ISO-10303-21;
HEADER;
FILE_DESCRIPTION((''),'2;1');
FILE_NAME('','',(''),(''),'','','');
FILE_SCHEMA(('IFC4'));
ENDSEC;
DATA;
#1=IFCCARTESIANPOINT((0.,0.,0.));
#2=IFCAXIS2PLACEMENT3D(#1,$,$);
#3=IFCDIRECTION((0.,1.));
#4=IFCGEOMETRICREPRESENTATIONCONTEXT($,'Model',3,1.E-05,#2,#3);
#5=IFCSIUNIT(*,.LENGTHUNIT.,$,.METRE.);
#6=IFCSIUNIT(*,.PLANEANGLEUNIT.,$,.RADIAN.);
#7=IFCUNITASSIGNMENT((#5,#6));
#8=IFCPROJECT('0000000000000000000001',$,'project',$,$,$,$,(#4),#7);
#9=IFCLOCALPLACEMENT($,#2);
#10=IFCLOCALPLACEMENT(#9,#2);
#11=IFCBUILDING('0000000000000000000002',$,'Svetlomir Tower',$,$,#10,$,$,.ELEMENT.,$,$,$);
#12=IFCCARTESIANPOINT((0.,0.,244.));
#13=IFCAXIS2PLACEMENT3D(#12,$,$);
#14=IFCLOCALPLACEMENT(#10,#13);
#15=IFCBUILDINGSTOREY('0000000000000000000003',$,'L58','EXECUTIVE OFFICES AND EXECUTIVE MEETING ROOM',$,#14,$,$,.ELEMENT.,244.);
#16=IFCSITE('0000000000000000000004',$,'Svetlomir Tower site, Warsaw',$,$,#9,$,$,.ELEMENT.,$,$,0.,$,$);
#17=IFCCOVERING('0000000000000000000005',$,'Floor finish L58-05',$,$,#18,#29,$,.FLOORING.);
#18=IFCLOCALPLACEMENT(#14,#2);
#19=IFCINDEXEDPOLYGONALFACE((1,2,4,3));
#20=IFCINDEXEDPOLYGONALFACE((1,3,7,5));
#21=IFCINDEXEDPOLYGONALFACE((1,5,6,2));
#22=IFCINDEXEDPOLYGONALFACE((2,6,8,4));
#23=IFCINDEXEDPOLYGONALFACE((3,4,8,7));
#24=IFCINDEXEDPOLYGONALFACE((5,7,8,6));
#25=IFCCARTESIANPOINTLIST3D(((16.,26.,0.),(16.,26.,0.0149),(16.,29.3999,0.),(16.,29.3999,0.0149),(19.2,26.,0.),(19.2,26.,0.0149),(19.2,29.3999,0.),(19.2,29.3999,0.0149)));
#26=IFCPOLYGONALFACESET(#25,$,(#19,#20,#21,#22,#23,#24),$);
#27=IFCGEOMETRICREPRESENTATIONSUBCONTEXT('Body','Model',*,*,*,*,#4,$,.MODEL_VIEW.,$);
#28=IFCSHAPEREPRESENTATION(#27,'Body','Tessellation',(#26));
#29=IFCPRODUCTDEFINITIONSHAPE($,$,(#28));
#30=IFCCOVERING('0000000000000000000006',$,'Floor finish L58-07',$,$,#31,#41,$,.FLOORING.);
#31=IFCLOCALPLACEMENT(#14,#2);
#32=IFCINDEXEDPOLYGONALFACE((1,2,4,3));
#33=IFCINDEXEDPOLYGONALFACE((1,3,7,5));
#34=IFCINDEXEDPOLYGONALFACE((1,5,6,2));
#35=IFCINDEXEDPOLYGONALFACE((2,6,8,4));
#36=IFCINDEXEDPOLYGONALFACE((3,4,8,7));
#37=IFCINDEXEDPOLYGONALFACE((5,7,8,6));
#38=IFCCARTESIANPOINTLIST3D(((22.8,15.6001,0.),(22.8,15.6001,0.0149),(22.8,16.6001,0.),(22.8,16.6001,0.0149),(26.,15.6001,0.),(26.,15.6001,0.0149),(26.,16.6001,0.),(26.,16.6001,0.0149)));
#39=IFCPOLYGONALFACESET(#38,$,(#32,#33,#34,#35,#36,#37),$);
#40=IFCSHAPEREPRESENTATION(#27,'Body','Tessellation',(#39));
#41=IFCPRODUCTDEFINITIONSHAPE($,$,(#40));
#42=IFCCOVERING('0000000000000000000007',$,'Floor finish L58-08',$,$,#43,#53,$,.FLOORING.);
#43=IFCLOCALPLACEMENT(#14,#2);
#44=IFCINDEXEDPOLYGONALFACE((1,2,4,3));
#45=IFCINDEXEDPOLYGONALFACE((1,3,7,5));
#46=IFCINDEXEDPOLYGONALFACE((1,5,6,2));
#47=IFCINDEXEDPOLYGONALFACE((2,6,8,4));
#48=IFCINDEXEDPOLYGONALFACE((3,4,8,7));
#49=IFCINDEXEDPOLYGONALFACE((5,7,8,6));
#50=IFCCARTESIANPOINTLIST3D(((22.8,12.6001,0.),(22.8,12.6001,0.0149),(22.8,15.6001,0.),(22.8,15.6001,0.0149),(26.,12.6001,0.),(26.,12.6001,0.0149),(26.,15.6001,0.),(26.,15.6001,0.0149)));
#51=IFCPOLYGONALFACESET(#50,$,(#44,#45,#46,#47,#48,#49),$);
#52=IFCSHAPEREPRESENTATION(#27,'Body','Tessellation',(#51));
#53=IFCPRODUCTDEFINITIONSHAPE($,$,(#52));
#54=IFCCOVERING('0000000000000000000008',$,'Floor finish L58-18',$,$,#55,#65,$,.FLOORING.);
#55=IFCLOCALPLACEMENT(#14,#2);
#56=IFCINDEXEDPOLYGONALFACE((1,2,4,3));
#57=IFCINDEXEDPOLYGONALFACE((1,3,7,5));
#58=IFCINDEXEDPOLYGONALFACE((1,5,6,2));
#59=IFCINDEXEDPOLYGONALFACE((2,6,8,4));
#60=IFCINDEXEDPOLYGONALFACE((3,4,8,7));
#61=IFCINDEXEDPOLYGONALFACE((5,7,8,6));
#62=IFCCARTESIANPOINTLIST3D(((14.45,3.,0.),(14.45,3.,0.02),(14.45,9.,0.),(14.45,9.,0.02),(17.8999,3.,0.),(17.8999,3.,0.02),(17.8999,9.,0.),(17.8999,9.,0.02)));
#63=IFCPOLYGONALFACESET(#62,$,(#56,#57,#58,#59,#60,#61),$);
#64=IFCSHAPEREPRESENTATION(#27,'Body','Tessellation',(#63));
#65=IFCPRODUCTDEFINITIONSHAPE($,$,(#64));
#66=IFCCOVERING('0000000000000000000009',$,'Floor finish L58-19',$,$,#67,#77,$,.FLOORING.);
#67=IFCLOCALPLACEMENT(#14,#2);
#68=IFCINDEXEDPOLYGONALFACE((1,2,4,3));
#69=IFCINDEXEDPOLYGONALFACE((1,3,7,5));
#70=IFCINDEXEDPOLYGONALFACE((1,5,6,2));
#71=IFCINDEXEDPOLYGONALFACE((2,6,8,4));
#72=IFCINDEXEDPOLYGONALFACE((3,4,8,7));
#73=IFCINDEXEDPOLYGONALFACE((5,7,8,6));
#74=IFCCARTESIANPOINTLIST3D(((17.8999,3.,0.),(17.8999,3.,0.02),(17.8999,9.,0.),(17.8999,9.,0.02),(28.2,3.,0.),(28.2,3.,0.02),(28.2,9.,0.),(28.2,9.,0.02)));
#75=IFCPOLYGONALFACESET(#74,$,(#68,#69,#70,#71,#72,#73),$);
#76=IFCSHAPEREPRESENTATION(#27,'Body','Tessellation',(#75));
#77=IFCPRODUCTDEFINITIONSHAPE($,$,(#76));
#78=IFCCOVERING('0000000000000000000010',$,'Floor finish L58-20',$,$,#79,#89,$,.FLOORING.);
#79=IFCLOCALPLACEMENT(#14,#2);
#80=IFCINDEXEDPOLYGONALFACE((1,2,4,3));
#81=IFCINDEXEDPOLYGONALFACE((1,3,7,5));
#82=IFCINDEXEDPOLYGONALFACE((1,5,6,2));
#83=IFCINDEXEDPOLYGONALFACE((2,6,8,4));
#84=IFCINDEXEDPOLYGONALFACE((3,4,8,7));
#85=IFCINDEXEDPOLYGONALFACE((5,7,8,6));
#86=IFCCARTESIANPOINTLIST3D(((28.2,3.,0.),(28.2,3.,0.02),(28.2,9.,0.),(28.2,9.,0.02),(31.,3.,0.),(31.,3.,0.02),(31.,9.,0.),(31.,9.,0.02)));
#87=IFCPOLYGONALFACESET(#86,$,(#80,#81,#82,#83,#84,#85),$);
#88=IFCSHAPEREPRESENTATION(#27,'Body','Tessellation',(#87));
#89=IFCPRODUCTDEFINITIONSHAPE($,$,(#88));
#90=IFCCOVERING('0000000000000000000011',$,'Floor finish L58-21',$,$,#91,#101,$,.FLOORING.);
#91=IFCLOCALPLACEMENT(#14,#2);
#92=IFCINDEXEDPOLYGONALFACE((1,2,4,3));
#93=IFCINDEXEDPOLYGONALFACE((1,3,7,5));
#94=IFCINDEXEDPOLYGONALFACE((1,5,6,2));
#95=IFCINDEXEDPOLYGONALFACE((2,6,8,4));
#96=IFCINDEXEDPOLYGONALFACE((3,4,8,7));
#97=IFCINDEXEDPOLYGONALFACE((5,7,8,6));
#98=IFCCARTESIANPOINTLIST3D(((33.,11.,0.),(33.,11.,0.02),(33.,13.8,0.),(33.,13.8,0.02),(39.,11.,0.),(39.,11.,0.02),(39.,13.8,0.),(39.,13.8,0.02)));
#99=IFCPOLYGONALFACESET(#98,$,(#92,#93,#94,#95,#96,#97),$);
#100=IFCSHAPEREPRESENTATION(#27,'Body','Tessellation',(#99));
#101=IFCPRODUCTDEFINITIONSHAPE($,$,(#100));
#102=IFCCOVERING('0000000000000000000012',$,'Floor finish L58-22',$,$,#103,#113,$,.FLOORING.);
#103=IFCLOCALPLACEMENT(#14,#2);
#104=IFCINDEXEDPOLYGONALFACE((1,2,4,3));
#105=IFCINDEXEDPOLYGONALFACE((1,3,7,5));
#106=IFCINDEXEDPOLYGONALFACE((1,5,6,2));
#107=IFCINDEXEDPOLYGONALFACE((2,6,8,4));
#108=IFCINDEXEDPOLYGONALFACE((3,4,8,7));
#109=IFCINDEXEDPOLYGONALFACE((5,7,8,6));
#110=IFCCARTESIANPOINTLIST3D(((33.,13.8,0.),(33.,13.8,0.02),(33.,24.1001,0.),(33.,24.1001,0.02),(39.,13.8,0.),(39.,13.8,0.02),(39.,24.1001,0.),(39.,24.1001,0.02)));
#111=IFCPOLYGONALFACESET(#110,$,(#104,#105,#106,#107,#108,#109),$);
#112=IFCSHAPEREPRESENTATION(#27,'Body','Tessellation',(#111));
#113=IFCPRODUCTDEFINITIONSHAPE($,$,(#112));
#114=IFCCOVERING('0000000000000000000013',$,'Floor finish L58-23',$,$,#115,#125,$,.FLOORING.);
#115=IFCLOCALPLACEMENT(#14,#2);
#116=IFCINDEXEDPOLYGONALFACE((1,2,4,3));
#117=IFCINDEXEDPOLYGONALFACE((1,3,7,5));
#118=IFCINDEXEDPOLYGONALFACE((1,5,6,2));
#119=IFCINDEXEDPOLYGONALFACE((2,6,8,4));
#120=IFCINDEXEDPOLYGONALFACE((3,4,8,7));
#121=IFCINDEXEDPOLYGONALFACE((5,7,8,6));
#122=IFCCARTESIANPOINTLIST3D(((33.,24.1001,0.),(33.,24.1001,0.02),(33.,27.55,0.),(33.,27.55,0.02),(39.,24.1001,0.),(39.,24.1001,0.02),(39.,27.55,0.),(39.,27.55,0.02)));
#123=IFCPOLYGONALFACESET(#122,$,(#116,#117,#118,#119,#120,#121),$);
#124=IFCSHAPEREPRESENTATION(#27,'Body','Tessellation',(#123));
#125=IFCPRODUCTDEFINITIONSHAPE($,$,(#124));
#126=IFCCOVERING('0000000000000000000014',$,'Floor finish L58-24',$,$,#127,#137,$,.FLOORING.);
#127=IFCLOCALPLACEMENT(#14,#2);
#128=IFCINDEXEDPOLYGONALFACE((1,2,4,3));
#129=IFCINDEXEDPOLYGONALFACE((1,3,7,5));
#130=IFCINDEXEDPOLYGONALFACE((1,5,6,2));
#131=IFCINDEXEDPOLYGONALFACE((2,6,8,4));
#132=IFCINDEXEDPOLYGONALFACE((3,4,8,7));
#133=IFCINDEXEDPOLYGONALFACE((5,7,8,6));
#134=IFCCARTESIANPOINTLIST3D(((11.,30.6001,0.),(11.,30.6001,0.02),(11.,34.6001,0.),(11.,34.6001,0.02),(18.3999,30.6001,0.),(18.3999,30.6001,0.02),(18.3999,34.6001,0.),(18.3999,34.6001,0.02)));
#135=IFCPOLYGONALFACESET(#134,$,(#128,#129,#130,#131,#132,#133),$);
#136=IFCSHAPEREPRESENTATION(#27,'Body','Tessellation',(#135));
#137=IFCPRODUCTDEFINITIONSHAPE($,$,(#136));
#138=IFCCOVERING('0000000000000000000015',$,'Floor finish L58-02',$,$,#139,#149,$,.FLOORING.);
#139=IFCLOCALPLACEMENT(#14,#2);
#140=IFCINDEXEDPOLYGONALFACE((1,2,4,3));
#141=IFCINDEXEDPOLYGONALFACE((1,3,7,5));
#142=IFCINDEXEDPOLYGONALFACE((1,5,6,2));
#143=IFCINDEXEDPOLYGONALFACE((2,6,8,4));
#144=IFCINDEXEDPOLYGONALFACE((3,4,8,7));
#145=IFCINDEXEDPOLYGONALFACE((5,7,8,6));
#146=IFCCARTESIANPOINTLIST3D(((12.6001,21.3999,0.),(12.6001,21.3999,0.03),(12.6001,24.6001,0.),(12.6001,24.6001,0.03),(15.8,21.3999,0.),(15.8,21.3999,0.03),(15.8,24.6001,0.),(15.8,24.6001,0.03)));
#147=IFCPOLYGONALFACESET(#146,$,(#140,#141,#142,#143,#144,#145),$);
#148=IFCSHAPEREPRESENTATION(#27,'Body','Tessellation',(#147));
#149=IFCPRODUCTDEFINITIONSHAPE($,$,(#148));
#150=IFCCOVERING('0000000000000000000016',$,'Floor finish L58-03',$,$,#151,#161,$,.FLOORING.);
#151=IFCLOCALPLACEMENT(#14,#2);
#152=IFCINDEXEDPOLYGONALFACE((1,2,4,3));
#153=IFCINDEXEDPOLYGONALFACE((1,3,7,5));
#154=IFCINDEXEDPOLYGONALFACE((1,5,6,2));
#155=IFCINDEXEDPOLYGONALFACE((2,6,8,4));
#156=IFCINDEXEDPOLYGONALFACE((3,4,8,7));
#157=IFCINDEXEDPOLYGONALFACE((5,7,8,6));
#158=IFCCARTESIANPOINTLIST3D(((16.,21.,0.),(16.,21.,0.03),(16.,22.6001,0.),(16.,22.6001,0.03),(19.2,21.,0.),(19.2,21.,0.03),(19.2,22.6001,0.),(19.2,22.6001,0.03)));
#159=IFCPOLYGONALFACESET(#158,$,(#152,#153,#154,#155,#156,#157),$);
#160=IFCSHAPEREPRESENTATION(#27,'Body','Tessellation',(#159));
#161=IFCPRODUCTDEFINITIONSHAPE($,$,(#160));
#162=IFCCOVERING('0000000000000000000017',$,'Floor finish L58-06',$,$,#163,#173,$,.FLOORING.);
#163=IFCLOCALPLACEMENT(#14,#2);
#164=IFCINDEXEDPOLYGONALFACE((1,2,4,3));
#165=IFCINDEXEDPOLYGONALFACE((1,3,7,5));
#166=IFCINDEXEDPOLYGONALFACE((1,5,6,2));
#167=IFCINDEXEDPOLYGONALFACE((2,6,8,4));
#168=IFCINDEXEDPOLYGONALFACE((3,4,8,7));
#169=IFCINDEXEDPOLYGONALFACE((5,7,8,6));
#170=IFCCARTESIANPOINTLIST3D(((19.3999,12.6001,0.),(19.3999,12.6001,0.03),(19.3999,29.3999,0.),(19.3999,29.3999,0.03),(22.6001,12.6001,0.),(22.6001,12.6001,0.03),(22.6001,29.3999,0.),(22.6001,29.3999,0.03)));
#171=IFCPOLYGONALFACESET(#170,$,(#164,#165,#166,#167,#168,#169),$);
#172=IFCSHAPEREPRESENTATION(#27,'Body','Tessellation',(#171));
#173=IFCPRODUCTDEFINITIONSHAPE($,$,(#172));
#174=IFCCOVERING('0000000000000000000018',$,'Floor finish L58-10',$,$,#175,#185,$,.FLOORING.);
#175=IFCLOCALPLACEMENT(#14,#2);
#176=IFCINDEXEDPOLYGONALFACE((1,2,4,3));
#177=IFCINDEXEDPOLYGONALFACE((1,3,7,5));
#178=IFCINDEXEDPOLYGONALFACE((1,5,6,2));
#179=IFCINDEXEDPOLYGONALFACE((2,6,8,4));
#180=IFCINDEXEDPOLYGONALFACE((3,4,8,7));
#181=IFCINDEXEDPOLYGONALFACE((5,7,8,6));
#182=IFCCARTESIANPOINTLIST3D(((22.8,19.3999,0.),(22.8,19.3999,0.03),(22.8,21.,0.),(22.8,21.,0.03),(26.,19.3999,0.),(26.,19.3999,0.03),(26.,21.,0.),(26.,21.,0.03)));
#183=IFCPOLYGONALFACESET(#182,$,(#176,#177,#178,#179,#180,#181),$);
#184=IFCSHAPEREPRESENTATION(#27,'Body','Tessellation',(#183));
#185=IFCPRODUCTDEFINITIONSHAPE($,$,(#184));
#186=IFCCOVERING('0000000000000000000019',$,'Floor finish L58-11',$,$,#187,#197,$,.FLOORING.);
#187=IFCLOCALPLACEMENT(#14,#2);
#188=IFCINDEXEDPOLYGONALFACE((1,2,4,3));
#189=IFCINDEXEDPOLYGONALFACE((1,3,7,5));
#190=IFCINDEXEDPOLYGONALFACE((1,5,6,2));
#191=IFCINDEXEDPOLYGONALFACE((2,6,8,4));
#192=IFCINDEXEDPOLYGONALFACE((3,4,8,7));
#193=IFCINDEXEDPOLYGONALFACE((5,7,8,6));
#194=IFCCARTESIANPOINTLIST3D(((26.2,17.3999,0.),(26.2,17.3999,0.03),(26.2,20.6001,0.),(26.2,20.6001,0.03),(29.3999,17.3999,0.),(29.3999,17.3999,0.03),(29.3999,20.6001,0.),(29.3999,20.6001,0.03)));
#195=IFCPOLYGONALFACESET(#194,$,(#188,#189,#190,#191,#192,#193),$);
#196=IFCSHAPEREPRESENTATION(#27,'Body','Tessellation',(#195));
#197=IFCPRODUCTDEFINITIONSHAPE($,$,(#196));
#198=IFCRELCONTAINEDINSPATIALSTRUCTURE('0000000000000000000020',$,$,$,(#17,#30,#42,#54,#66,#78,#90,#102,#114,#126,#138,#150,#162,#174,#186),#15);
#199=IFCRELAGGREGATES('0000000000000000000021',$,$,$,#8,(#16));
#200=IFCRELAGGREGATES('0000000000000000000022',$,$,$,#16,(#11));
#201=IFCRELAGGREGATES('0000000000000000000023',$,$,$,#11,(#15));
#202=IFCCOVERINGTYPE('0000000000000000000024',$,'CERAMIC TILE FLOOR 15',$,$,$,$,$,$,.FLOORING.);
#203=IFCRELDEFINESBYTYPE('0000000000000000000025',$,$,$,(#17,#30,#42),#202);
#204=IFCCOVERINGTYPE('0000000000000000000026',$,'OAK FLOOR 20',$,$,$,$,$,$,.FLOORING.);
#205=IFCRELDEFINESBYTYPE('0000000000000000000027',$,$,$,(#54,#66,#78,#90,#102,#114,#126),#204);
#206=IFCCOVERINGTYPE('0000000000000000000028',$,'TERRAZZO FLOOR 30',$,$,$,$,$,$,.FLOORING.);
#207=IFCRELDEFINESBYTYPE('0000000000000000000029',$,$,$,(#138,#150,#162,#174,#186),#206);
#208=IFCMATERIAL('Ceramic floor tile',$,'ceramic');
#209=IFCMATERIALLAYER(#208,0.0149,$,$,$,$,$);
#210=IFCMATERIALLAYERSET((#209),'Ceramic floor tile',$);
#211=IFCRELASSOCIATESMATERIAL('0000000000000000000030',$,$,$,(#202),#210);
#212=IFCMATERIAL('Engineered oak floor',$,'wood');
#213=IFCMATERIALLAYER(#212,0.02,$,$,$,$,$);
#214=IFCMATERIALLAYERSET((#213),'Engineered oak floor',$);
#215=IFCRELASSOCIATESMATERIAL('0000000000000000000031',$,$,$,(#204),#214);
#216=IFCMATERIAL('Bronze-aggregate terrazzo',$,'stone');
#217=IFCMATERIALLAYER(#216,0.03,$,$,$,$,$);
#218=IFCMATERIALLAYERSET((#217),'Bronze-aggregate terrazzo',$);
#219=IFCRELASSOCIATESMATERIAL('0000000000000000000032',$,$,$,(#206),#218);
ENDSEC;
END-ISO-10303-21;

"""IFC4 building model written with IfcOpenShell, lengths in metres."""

from ifc_helpers import new_model, si_unit, direction, frame, origin, place, context, subcontext, project, spatial, polyline, outline, extrude, material, layer, layer_set, type_object, element, save


model = new_model("IFC4")

# Units and contexts
model_context = context("Model", 3, precision=1e-05, world=origin(), true_north=direction((0.0, 1.0)))
body_context = subcontext(model_context, "Body", "Model", "MODEL_VIEW")
ifc_project = project(units=[si_unit("LENGTHUNIT", "METRE"), si_unit("PLANEANGLEUNIT", "RADIAN")], contexts=[model_context])

# Site, building, storey
site_placement = place(None, origin())
site = spatial("IfcSite", under=ifc_project, at=site_placement, Name="Svetlomir Tower site, Warsaw", CompositionType="ELEMENT", RefElevation=0.0)
building_placement = place(site_placement, origin())
building = spatial("IfcBuilding", under=site, at=building_placement, Name="Svetlomir Tower", CompositionType="ELEMENT")
storey_placement = place(building_placement, frame((0.0, 0.0, 244.0)))
storey = spatial("IfcBuildingStorey", under=building, at=storey_placement, Name="L58", Description="EXECUTIVE OFFICES AND EXECUTIVE MEETING ROOM", CompositionType="ELEMENT", Elevation=244.0)

# Coverings
ifc_material_1 = material(Name="Ceramic floor tile", Category="ceramic")
ifc_layer_1 = layer(ifc_material_1, 0.0149)
ifc_layer_set_1 = layer_set([ifc_layer_1], Name="Ceramic floor tile")
covering_type_1 = type_object("IfcCoveringType", Name="CERAMIC TILE FLOOR 15", PredefinedType="FLOORING", material=ifc_layer_set_1)
covering_1_placement = place(storey_placement, origin())
element("IfcCovering", 1, at=covering_1_placement, inside=storey, type_object=covering_type_1, Name="Floor finish L58-05", PredefinedType="FLOORING", context=body_context, shape_type="SweptSolid", body=[
    extrude(outline(polyline([(16.0, 26.0), (19.2, 26.0), (19.2, 29.3999), (16.0, 29.3999), (16.0, 26.0)])), origin(), (0.0, 0.0, 1.0), 0.0149),
])
covering_2_placement = place(storey_placement, origin())
element("IfcCovering", 2, at=covering_2_placement, inside=storey, type_object=covering_type_1, Name="Floor finish L58-07", PredefinedType="FLOORING", context=body_context, shape_type="SweptSolid", body=[
    extrude(outline(polyline([(22.8, 15.6001), (26.0, 15.6001), (26.0, 16.6001), (22.8, 16.6001), (22.8, 15.6001)])), origin(), (0.0, 0.0, 1.0), 0.0149),
])
covering_3_placement = place(storey_placement, origin())
element("IfcCovering", 3, at=covering_3_placement, inside=storey, type_object=covering_type_1, Name="Floor finish L58-08", PredefinedType="FLOORING", context=body_context, shape_type="SweptSolid", body=[
    extrude(outline(polyline([(22.8, 12.6001), (26.0, 12.6001), (26.0, 15.6001), (22.8, 15.6001), (22.8, 12.6001)])), origin(), (0.0, 0.0, 1.0), 0.0149),
])
ifc_material_2 = material(Name="Engineered oak floor", Category="wood")
ifc_layer_2 = layer(ifc_material_2, 0.02)
ifc_layer_set_2 = layer_set([ifc_layer_2], Name="Engineered oak floor")
covering_type_2 = type_object("IfcCoveringType", Name="OAK FLOOR 20", PredefinedType="FLOORING", material=ifc_layer_set_2)
covering_4_placement = place(storey_placement, origin())
element("IfcCovering", 4, at=covering_4_placement, inside=storey, type_object=covering_type_2, Name="Floor finish L58-18", PredefinedType="FLOORING", context=body_context, shape_type="SweptSolid", body=[
    extrude(outline(polyline([(14.45, 3.0), (17.8999, 3.0), (17.8999, 9.0), (14.45, 9.0), (14.45, 3.0)])), origin(), (0.0, 0.0, 1.0), 0.02),
])
covering_5_placement = place(storey_placement, origin())
element("IfcCovering", 5, at=covering_5_placement, inside=storey, type_object=covering_type_2, Name="Floor finish L58-19", PredefinedType="FLOORING", context=body_context, shape_type="SweptSolid", body=[
    extrude(outline(polyline([(17.8999, 3.0), (28.2, 3.0), (28.2, 9.0), (17.8999, 9.0), (17.8999, 3.0)])), origin(), (0.0, 0.0, 1.0), 0.02),
])
covering_6_placement = place(storey_placement, origin())
element("IfcCovering", 6, at=covering_6_placement, inside=storey, type_object=covering_type_2, Name="Floor finish L58-20", PredefinedType="FLOORING", context=body_context, shape_type="SweptSolid", body=[
    extrude(outline(polyline([(28.2, 3.0), (31.0, 3.0), (31.0, 9.0), (28.2, 9.0), (28.2, 3.0)])), origin(), (0.0, 0.0, 1.0), 0.02),
])
covering_7_placement = place(storey_placement, origin())
element("IfcCovering", 7, at=covering_7_placement, inside=storey, type_object=covering_type_2, Name="Floor finish L58-21", PredefinedType="FLOORING", context=body_context, shape_type="SweptSolid", body=[
    extrude(outline(polyline([(33.0, 11.0), (39.0, 11.0), (39.0, 13.8), (33.0, 13.8), (33.0, 11.0)])), origin(), (0.0, 0.0, 1.0), 0.02),
])
covering_8_placement = place(storey_placement, origin())
element("IfcCovering", 8, at=covering_8_placement, inside=storey, type_object=covering_type_2, Name="Floor finish L58-22", PredefinedType="FLOORING", context=body_context, shape_type="SweptSolid", body=[
    extrude(outline(polyline([(33.0, 13.8), (39.0, 13.8), (39.0, 24.1001), (33.0, 24.1001), (33.0, 13.8)])), origin(), (0.0, 0.0, 1.0), 0.02),
])
covering_9_placement = place(storey_placement, origin())
element("IfcCovering", 9, at=covering_9_placement, inside=storey, type_object=covering_type_2, Name="Floor finish L58-23", PredefinedType="FLOORING", context=body_context, shape_type="SweptSolid", body=[
    extrude(outline(polyline([(33.0, 24.1001), (39.0, 24.1001), (39.0, 27.55), (33.0, 27.55), (33.0, 24.1001)])), origin(), (0.0, 0.0, 1.0), 0.02),
])
covering_10_placement = place(storey_placement, origin())
element("IfcCovering", 10, at=covering_10_placement, inside=storey, type_object=covering_type_2, Name="Floor finish L58-24", PredefinedType="FLOORING", context=body_context, shape_type="SweptSolid", body=[
    extrude(outline(polyline([(11.0, 30.6001), (18.3999, 30.6001), (18.3999, 34.6001), (11.0, 34.6001), (11.0, 30.6001)])), origin(), (0.0, 0.0, 1.0), 0.02),
])
ifc_material_3 = material(Name="Bronze-aggregate terrazzo", Category="stone")
ifc_layer_3 = layer(ifc_material_3, 0.03)
ifc_layer_set_3 = layer_set([ifc_layer_3], Name="Bronze-aggregate terrazzo")
covering_type_3 = type_object("IfcCoveringType", Name="TERRAZZO FLOOR 30", PredefinedType="FLOORING", material=ifc_layer_set_3)
covering_11_placement = place(storey_placement, origin())
element("IfcCovering", 11, at=covering_11_placement, inside=storey, type_object=covering_type_3, Name="Floor finish L58-02", PredefinedType="FLOORING", context=body_context, shape_type="SweptSolid", body=[
    extrude(outline(polyline([(12.6001, 21.3999), (15.8, 21.3999), (15.8, 24.6001), (12.6001, 24.6001), (12.6001, 21.3999)])), origin(), (0.0, 0.0, 1.0), 0.03),
])
covering_12_placement = place(storey_placement, origin())
element("IfcCovering", 12, at=covering_12_placement, inside=storey, type_object=covering_type_3, Name="Floor finish L58-03", PredefinedType="FLOORING", context=body_context, shape_type="SweptSolid", body=[
    extrude(outline(polyline([(16.0, 21.0), (19.2, 21.0), (19.2, 22.6001), (16.0, 22.6001), (16.0, 21.0)])), origin(), (0.0, 0.0, 1.0), 0.03),
])
covering_13_placement = place(storey_placement, origin())
element("IfcCovering", 13, at=covering_13_placement, inside=storey, type_object=covering_type_3, Name="Floor finish L58-06", PredefinedType="FLOORING", context=body_context, shape_type="SweptSolid", body=[
    extrude(outline(polyline([(19.3999, 12.6001), (22.6001, 12.6001), (22.6001, 29.3999), (19.3999, 29.3999), (19.3999, 12.6001)])), origin(), (0.0, 0.0, 1.0), 0.03),
])
covering_14_placement = place(storey_placement, origin())
element("IfcCovering", 14, at=covering_14_placement, inside=storey, type_object=covering_type_3, Name="Floor finish L58-10", PredefinedType="FLOORING", context=body_context, shape_type="SweptSolid", body=[
    extrude(outline(polyline([(22.8, 19.3999), (26.0, 19.3999), (26.0, 21.0), (22.8, 21.0), (22.8, 19.3999)])), origin(), (0.0, 0.0, 1.0), 0.03),
])
covering_15_placement = place(storey_placement, origin())
element("IfcCovering", 15, at=covering_15_placement, inside=storey, type_object=covering_type_3, Name="Floor finish L58-11", PredefinedType="FLOORING", context=body_context, shape_type="SweptSolid", body=[
    extrude(outline(polyline([(26.2, 17.3999), (29.3999, 17.3999), (29.3999, 20.6001), (26.2, 20.6001), (26.2, 17.3999)])), origin(), (0.0, 0.0, 1.0), 0.03),
])

save(model, "model.ifc")
